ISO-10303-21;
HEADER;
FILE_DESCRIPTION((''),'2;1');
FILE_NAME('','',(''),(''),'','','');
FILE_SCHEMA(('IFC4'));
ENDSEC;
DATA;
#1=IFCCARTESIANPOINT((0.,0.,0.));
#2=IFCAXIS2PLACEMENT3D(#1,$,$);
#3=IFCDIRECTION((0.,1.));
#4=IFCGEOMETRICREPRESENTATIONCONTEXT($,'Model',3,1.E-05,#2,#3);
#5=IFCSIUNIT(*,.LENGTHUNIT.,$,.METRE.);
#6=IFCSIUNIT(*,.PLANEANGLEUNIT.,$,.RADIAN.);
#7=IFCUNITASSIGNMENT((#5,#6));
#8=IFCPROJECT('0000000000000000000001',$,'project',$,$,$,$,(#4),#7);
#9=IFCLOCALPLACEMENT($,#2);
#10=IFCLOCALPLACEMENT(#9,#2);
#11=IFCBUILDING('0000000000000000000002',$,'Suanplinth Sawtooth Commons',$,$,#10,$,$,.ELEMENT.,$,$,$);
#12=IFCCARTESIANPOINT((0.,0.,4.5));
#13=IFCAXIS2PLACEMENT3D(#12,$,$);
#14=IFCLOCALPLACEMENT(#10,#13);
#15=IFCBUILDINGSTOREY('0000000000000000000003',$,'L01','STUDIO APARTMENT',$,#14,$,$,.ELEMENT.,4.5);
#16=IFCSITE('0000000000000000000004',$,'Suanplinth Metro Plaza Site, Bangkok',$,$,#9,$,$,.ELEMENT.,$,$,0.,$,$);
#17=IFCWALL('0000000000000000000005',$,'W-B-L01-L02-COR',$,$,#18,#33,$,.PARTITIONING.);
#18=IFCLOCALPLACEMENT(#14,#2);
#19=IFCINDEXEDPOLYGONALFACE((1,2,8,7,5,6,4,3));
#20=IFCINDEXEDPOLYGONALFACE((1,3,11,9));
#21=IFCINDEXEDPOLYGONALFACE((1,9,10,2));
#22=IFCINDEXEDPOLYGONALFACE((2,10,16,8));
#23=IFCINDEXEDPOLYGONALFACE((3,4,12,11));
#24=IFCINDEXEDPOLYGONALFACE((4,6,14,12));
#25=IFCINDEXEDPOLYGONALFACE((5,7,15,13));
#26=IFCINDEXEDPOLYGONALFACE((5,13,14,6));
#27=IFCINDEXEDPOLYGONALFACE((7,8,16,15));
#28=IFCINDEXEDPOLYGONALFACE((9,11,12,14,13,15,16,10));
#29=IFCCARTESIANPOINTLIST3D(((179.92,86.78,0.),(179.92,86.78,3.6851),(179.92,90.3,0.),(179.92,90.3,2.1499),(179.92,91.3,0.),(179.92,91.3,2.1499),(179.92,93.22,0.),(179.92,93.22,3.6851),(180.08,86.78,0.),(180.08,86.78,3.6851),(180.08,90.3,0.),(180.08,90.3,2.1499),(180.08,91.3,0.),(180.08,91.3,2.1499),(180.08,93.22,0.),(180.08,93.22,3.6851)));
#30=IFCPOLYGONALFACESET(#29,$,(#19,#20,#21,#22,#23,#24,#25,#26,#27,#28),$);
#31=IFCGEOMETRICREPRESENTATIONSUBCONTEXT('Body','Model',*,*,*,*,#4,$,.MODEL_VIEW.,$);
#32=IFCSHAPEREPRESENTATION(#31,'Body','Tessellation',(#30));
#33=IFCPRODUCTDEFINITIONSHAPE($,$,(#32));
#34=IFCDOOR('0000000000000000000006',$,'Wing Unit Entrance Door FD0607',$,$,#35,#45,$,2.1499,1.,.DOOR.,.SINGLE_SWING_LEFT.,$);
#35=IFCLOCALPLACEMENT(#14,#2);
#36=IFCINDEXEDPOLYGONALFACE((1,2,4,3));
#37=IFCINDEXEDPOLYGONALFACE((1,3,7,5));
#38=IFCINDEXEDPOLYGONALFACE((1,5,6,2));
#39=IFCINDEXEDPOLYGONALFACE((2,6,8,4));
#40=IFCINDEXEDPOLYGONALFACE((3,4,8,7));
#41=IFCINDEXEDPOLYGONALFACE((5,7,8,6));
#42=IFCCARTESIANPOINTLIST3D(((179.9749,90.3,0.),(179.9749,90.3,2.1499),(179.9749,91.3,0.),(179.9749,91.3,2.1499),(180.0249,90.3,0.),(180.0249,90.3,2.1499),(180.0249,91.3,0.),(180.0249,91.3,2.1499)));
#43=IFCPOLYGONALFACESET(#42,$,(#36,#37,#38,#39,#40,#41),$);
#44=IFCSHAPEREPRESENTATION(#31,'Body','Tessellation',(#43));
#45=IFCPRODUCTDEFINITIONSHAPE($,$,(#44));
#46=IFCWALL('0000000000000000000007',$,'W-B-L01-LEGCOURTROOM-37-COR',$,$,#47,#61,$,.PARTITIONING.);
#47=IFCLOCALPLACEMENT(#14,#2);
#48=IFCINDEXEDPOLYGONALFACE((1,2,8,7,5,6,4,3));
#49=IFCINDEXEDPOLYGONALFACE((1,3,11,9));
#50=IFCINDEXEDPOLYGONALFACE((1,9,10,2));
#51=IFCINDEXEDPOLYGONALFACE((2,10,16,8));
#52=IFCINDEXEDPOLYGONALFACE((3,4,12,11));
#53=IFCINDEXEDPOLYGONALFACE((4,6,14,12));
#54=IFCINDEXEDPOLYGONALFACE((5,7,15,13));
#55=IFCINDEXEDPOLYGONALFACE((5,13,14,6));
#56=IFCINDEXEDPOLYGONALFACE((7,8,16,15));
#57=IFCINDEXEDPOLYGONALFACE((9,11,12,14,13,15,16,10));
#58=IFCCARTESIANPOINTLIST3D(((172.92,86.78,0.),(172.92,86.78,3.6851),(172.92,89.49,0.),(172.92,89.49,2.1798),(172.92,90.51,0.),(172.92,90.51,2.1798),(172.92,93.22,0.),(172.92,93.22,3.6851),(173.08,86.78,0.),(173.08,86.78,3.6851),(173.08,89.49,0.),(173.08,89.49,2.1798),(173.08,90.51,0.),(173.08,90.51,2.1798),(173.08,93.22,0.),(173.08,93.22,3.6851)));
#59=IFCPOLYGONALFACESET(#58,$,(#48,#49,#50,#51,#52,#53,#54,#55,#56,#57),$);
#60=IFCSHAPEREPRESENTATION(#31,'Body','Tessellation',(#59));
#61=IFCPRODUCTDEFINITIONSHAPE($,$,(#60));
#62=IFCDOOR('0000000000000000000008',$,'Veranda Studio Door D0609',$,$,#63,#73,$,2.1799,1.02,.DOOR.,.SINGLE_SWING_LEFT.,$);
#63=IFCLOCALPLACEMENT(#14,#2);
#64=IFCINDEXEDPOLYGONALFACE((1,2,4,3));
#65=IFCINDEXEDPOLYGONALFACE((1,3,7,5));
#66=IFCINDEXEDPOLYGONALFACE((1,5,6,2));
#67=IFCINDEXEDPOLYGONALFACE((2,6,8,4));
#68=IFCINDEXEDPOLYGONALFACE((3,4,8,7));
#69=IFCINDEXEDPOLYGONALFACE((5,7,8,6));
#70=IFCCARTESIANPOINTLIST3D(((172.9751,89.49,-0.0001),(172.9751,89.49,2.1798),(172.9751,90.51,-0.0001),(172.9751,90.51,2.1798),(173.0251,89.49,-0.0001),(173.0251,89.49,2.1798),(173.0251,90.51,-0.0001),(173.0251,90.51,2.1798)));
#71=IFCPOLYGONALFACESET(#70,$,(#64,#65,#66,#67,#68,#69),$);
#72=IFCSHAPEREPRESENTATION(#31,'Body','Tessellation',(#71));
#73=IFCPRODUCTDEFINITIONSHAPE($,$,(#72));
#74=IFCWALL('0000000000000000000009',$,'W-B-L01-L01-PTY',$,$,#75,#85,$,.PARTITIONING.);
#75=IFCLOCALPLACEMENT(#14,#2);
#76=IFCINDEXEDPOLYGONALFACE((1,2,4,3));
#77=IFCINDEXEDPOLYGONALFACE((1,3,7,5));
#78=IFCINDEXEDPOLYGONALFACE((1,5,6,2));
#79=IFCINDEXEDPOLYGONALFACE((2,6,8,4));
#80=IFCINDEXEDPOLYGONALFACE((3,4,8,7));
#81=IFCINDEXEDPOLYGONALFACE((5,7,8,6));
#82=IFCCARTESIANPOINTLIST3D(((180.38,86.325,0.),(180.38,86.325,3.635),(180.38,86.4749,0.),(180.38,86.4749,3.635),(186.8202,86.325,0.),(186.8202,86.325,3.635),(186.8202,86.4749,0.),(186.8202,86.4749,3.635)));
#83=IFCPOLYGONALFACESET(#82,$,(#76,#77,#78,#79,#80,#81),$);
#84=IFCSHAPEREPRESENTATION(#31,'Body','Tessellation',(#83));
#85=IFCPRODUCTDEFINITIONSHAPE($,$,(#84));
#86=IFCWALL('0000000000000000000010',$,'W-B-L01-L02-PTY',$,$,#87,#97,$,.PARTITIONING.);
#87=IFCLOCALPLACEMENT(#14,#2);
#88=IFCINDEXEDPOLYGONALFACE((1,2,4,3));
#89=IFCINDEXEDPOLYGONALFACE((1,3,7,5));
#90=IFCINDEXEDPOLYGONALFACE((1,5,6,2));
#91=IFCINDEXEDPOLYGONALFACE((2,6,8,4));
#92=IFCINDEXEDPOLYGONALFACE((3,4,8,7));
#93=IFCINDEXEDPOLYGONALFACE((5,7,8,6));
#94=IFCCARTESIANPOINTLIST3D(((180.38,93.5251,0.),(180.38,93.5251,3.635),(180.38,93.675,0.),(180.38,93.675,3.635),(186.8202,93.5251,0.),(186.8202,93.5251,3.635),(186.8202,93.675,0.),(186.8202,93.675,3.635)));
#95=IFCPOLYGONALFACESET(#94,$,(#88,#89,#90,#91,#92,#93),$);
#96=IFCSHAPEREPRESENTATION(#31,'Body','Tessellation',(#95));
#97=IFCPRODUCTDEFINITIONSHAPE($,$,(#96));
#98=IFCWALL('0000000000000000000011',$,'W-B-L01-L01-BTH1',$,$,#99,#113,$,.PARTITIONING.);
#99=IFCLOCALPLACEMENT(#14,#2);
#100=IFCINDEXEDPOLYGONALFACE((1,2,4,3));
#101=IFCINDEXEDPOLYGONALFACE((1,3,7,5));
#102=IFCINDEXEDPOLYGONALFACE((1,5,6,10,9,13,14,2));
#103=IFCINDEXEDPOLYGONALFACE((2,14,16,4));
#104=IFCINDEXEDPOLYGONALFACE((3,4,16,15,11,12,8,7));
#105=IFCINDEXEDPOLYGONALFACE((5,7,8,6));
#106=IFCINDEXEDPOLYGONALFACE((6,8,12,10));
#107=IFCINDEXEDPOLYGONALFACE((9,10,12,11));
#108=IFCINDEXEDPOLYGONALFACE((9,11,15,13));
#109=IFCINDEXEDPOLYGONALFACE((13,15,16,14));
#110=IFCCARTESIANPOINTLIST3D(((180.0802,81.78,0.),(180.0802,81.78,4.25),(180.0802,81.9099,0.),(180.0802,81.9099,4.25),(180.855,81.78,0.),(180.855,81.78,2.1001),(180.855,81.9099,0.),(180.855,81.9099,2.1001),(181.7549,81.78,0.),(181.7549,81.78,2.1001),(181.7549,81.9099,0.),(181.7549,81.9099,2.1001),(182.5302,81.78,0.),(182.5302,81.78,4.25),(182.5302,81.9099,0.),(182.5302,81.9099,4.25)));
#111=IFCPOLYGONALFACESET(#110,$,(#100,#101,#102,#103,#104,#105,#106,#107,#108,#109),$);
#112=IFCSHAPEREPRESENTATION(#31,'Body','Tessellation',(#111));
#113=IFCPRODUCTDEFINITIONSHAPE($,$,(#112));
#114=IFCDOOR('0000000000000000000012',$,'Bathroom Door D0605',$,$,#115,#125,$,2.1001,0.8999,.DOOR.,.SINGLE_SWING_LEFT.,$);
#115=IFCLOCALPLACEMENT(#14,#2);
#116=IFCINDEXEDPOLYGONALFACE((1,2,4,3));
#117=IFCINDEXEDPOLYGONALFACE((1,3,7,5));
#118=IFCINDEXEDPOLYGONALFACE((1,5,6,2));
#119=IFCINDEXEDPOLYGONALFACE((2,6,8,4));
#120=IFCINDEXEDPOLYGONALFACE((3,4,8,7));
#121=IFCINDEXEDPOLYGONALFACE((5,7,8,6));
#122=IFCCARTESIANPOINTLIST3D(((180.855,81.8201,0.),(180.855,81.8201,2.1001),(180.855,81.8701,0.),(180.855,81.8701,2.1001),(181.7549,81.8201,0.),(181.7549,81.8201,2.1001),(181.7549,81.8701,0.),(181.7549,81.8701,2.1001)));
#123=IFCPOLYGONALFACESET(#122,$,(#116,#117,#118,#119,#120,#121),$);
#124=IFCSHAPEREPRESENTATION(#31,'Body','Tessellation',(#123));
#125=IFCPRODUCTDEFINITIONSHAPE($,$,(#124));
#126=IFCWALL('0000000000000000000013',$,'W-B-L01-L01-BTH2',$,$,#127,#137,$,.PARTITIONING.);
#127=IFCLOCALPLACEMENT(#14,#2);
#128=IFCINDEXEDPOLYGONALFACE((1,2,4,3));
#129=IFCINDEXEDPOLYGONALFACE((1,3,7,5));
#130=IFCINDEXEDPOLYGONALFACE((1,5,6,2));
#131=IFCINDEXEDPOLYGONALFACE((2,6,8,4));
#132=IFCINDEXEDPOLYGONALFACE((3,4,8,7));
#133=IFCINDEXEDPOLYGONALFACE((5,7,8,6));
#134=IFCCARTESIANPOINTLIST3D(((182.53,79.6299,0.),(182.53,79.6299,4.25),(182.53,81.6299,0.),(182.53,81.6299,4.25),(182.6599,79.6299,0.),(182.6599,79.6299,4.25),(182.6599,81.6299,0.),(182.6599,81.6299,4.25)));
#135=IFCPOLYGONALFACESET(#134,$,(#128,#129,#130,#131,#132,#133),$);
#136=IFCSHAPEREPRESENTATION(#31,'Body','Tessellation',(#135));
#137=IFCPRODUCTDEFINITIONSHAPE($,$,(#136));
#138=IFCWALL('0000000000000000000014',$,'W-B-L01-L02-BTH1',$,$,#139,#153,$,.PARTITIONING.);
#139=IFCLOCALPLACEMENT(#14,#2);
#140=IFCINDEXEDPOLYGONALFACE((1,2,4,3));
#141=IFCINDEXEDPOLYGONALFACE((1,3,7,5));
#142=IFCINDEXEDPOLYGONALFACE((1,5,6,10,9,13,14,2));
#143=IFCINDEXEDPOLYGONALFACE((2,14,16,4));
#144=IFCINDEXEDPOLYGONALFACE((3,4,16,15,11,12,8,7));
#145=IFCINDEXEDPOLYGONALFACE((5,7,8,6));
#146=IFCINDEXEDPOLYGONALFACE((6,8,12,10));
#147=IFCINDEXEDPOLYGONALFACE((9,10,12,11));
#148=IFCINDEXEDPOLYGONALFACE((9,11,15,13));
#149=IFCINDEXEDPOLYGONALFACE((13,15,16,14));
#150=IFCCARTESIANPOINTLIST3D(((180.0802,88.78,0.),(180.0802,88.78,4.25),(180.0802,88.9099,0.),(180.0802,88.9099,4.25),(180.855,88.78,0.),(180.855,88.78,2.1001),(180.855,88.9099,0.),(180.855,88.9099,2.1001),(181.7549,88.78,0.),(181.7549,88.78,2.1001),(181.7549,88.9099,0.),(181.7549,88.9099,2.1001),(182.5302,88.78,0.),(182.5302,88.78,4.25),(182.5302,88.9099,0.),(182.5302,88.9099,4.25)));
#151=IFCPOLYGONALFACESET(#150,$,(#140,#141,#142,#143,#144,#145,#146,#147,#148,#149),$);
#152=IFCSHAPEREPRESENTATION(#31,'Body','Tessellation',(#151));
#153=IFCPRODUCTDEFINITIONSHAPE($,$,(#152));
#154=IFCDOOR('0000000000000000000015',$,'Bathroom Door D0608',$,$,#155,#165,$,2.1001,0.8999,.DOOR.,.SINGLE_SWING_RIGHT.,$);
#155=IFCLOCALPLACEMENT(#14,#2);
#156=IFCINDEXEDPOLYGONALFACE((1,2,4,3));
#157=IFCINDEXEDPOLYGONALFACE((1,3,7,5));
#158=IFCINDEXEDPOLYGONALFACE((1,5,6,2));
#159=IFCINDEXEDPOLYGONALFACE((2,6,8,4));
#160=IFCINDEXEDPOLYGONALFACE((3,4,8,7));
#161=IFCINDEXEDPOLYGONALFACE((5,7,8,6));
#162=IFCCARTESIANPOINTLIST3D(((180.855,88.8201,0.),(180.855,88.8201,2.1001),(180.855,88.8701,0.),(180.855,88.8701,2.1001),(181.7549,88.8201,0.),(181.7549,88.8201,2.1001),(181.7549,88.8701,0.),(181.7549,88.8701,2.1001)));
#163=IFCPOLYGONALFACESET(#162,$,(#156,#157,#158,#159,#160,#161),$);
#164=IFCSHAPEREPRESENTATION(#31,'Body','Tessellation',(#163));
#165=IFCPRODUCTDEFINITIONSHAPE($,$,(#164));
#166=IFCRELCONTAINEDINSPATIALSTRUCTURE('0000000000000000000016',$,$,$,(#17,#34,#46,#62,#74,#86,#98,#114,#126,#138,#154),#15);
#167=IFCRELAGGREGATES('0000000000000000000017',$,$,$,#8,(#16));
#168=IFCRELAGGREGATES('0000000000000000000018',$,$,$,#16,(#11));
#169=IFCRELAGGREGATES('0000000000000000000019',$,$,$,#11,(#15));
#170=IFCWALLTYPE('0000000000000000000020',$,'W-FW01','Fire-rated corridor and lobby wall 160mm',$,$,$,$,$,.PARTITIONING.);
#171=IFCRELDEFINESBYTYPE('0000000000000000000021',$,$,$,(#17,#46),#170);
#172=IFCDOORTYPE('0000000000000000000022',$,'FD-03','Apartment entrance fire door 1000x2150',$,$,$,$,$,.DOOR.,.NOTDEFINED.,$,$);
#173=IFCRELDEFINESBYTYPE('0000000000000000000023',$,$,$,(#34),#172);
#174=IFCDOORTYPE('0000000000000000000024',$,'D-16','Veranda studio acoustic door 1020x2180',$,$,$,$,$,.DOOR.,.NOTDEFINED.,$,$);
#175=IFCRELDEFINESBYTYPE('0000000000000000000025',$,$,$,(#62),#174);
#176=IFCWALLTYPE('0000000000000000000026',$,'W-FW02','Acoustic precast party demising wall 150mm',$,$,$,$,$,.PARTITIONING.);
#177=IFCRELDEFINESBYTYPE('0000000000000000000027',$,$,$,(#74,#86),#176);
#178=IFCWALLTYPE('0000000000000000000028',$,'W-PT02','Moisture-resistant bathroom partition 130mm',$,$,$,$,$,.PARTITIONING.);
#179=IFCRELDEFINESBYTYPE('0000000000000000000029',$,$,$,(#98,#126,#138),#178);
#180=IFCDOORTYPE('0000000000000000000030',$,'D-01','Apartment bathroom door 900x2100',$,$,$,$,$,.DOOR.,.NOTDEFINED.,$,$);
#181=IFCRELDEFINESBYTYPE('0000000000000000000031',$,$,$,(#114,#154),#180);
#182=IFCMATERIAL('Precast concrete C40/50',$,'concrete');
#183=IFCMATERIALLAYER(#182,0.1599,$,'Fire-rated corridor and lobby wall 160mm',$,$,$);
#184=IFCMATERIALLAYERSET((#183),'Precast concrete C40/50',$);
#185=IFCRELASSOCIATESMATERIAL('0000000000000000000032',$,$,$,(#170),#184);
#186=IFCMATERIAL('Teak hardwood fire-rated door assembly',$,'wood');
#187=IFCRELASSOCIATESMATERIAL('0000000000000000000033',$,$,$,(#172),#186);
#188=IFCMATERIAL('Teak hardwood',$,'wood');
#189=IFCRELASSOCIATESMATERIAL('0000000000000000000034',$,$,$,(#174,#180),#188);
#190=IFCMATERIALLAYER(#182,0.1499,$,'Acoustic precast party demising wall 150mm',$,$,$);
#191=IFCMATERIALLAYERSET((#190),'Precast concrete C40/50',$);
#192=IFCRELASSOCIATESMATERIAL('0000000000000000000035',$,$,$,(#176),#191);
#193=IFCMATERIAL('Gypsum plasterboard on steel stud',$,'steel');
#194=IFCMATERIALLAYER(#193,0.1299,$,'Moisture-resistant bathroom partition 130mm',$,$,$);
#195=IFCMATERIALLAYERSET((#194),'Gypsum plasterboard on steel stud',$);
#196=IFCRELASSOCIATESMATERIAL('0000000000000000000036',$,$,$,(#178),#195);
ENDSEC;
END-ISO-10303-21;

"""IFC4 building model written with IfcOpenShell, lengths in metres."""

from ifc_helpers import new_model, si_unit, direction, frame, frame_2d, origin, place, context, subcontext, project, spatial, rectangle, extrude, material, layer, layer_set, type_object, element, fill, save


model = new_model("IFC4")

# Units and contexts
model_context = context("Model", 3, precision=1e-05, world=origin(), true_north=direction((0.0, 1.0)))
body_context = subcontext(model_context, "Body", "Model", "MODEL_VIEW")
ifc_project = project(units=[si_unit("LENGTHUNIT", "METRE"), si_unit("PLANEANGLEUNIT", "RADIAN")], contexts=[model_context])

# Site, building, storey
site_placement = place(None, origin())
site = spatial("IfcSite", under=ifc_project, at=site_placement, Name="Suanplinth Metro Plaza Site, Bangkok", CompositionType="ELEMENT", RefElevation=0.0)
building_placement = place(site_placement, origin())
building = spatial("IfcBuilding", under=site, at=building_placement, Name="Suanplinth Sawtooth Commons", CompositionType="ELEMENT")
storey_placement = place(building_placement, frame((0.0, 0.0, 4.5)))
storey = spatial("IfcBuildingStorey", under=building, at=storey_placement, Name="L01", Description="STUDIO APARTMENT", CompositionType="ELEMENT", Elevation=4.5)

# Walls, openings, doors
ifc_material_1 = material(Name="Precast concrete C40/50", Category="concrete")
ifc_layer_1 = layer(ifc_material_1, 0.1599, Name="Fire-rated corridor and lobby wall 160mm")
ifc_layer_set_1 = layer_set([ifc_layer_1], Name="Precast concrete C40/50")
wall_type_1 = type_object("IfcWallType", Name="W-FW01", Description="Fire-rated corridor and lobby wall 160mm", PredefinedType="PARTITIONING", material=ifc_layer_set_1)
ifc_material_2 = material(Name="Teak hardwood fire-rated door assembly", Category="wood")
door_type_1 = type_object("IfcDoorType", Name="FD-03", Description="Apartment entrance fire door 1000x2150", OperationType="NOTDEFINED", PredefinedType="DOOR", material=ifc_material_2)
ifc_material_3 = material(Name="Teak hardwood", Category="wood")
door_type_2 = type_object("IfcDoorType", Name="D-16", Description="Veranda studio acoustic door 1020x2180", OperationType="NOTDEFINED", PredefinedType="DOOR", material=ifc_material_3)
wall_1_placement = place(storey_placement, frame((180.0, 86.78, 0.0), z_axis=(0.0, 0.0, 1.0), x_axis=(0.0, 1.0, 0.0)))
wall_1 = element("IfcWall", 1, at=wall_1_placement, inside=storey, type_object=wall_type_1, Name="W-B-L01-L02-COR", PredefinedType="PARTITIONING", context=body_context, shape_type="SweptSolid", body=[
    extrude(rectangle(XDim=6.4399, YDim=0.1599, at=frame_2d((3.22, 0.0))), origin(), (0.0, 0.0, 1.0), 3.6851),
])
opening_1_placement = place(wall_1_placement, frame((3.52, 0.0, 0.0)))
opening_1 = element("IfcOpeningElement", 2, at=opening_1_placement, cuts=wall_1, PredefinedType="OPENING", context=body_context, shape_type="SweptSolid", body=[
    extrude(rectangle(XDim=1.0, YDim=2.1499, at=frame_2d((0.5, 1.075))), frame((0.0, 0.0947, 0.0), z_axis=(0.0, -1.0, 0.0), x_axis=(1.0, 0.0, 0.0)), (0.0, 0.0, 1.0), 0.1897),
])
door_1_placement = place(opening_1_placement, frame((1.0, 0.0, 0.0), z_axis=(0.0, 0.0, 1.0), x_axis=(-1.0, 0.0, 0.0)))
door_1 = element("IfcDoor", 3, at=door_1_placement, inside=storey, type_object=door_type_1, Name="Wing Unit Entrance Door FD0607", OperationType="SINGLE_SWING_LEFT", OverallHeight=2.1499, OverallWidth=1.0, PredefinedType="DOOR", context=body_context, shape_type="SweptSolid", body=[
    extrude(rectangle(XDim=1.0, YDim=2.1499, at=frame_2d((0.5, 1.075))), frame((0.0, 0.0249, 0.0), z_axis=(0.0, -1.0, 0.0), x_axis=(1.0, 0.0, 0.0)), (0.0, 0.0, 1.0), 0.05),
])
fill(opening_1, door_1)
wall_2_placement = place(storey_placement, frame((173.0, 86.78, 0.0), z_axis=(0.0, 0.0, 1.0), x_axis=(0.0, 1.0, 0.0)))
wall_2 = element("IfcWall", 4, at=wall_2_placement, inside=storey, type_object=wall_type_1, Name="W-B-L01-LEGCOURTROOM-37-COR", PredefinedType="PARTITIONING", context=body_context, shape_type="SweptSolid", body=[
    extrude(rectangle(XDim=6.4399, YDim=0.1599, at=frame_2d((3.22, 0.0))), origin(), (0.0, 0.0, 1.0), 3.6851),
])
opening_2_placement = place(wall_2_placement, frame((2.71, 0.0, 0.0)))
opening_2 = element("IfcOpeningElement", 5, at=opening_2_placement, cuts=wall_2, PredefinedType="OPENING", context=body_context, shape_type="SweptSolid", body=[
    extrude(rectangle(XDim=1.02, YDim=2.1799, at=frame_2d((0.51, 1.0898))), frame((0.0, 0.0947, 0.0), z_axis=(0.0, -1.0, 0.0), x_axis=(1.0, 0.0, 0.0)), (0.0, 0.0, 1.0), 0.1897),
])
door_2_placement = place(opening_2_placement, origin())
door_2 = element("IfcDoor", 6, at=door_2_placement, inside=storey, type_object=door_type_2, Name="Veranda Studio Door D0609", OperationType="SINGLE_SWING_LEFT", OverallHeight=2.1799, OverallWidth=1.02, PredefinedType="DOOR", context=body_context, shape_type="SweptSolid", body=[
    extrude(rectangle(XDim=1.02, YDim=2.1799, at=frame_2d((0.51, 1.0898))), frame((0.0, 0.0249, 0.0), z_axis=(0.0, -1.0, 0.0), x_axis=(1.0, 0.0, 0.0)), (0.0, 0.0, 1.0), 0.05),
])
fill(opening_2, door_2)

# Walls
ifc_layer_2 = layer(ifc_material_1, 0.1499, Name="Acoustic precast party demising wall 150mm")
ifc_layer_set_2 = layer_set([ifc_layer_2], Name="Precast concrete C40/50")
wall_type_2 = type_object("IfcWallType", Name="W-FW02", Description="Acoustic precast party demising wall 150mm", PredefinedType="PARTITIONING", material=ifc_layer_set_2)
for number, where, z_axis, x_axis, name in (
    (7, (180.3799, 86.3999, 0.0), (0.0, 0.0, 1.0), (1.0, 0.0, 0.0), "W-B-L01-L01-PTY"),
    (8, (180.3799, 93.6001, 0.0), (0.0, 0.0, 1.0), (1.0, 0.0, 0.0), "W-B-L01-L02-PTY"),
):
    element("IfcWall", number, at=place(storey_placement, frame(where, z_axis=z_axis, x_axis=x_axis)), inside=storey, type_object=wall_type_2, Name=name, PredefinedType="PARTITIONING", context=body_context, shape_type="SweptSolid", body=[
        extrude(rectangle(XDim=6.4402, YDim=0.1499, at=frame_2d((3.2202, 0.0))), origin(), (0.0, 0.0, 1.0), 3.635),
    ])

# Wall, opening, door
ifc_material_4 = material(Name="Gypsum plasterboard on steel stud", Category="steel")
ifc_layer_3 = layer(ifc_material_4, 0.1299, Name="Moisture-resistant bathroom partition 130mm")
ifc_layer_set_3 = layer_set([ifc_layer_3], Name="Gypsum plasterboard on steel stud")
wall_type_3 = type_object("IfcWallType", Name="W-PT02", Description="Moisture-resistant bathroom partition 130mm", PredefinedType="PARTITIONING", material=ifc_layer_set_3)
wall_3_placement = place(storey_placement, frame((180.0801, 81.845, 0.0), z_axis=(0.0, 0.0, 1.0), x_axis=(1.0, 0.0, 0.0)))
wall_3 = element("IfcWall", 9, at=wall_3_placement, inside=storey, type_object=wall_type_3, Name="W-B-L01-L01-BTH1", PredefinedType="PARTITIONING", context=body_context, shape_type="SweptSolid", body=[
    extrude(rectangle(XDim=2.45, YDim=0.1299, at=frame_2d((1.2251, 0.0))), origin(), (0.0, 0.0, 1.0), 4.25),
])
opening_3_placement = place(wall_3_placement, frame((0.7749, 0.0, 0.0)))
opening_3 = element("IfcOpeningElement", 10, at=opening_3_placement, cuts=wall_3, PredefinedType="OPENING", context=body_context, shape_type="SweptSolid", body=[
    extrude(rectangle(XDim=0.8999, YDim=2.1001, at=frame_2d((0.45, 1.05))), frame((0.0, 0.0798, 0.0), z_axis=(0.0, -1.0, 0.0), x_axis=(1.0, 0.0, 0.0)), (0.0, 0.0, 1.0), 0.1597),
])
door_type_3 = type_object("IfcDoorType", Name="D-01", Description="Apartment bathroom door 900x2100", OperationType="NOTDEFINED", PredefinedType="DOOR", material=ifc_material_3)
door_3_placement = place(opening_3_placement, frame((0.8999, 0.0, 0.0), z_axis=(0.0, 0.0, 1.0), x_axis=(-1.0, 0.0, 0.0)))
door_3 = element("IfcDoor", 11, at=door_3_placement, inside=storey, type_object=door_type_3, Name="Bathroom Door D0605", OperationType="SINGLE_SWING_LEFT", OverallHeight=2.1001, OverallWidth=0.8999, PredefinedType="DOOR", context=body_context, shape_type="SweptSolid", body=[
    extrude(rectangle(XDim=0.8999, YDim=2.1001, at=frame_2d((0.45, 1.05))), frame((0.0, 0.0249, 0.0), z_axis=(0.0, -1.0, 0.0), x_axis=(1.0, 0.0, 0.0)), (0.0, 0.0, 1.0), 0.05),
])
fill(opening_3, door_3)

# Wall
wall_4_placement = place(storey_placement, frame((182.595, 79.6299, 0.0), z_axis=(0.0, 0.0, 1.0), x_axis=(0.0, 1.0, 0.0)))
element("IfcWall", 12, at=wall_4_placement, inside=storey, type_object=wall_type_3, Name="W-B-L01-L01-BTH2", PredefinedType="PARTITIONING", context=body_context, shape_type="SweptSolid", body=[
    extrude(rectangle(XDim=2.0, YDim=0.1299, at=frame_2d((1.0, 0.0))), origin(), (0.0, 0.0, 1.0), 4.25),
])

# Wall, opening, door
wall_5_placement = place(storey_placement, frame((180.0801, 88.845, 0.0), z_axis=(0.0, 0.0, 1.0), x_axis=(1.0, 0.0, 0.0)))
wall_5 = element("IfcWall", 13, at=wall_5_placement, inside=storey, type_object=wall_type_3, Name="W-B-L01-L02-BTH1", PredefinedType="PARTITIONING", context=body_context, shape_type="SweptSolid", body=[
    extrude(rectangle(XDim=2.45, YDim=0.1299, at=frame_2d((1.2251, 0.0))), origin(), (0.0, 0.0, 1.0), 4.25),
])
opening_4_placement = place(wall_5_placement, frame((0.7749, 0.0, 0.0)))
opening_4 = element("IfcOpeningElement", 14, at=opening_4_placement, cuts=wall_5, PredefinedType="OPENING", context=body_context, shape_type="SweptSolid", body=[
    extrude(rectangle(XDim=0.8999, YDim=2.1001, at=frame_2d((0.45, 1.05))), frame((0.0, 0.0798, 0.0), z_axis=(0.0, -1.0, 0.0), x_axis=(1.0, 0.0, 0.0)), (0.0, 0.0, 1.0), 0.1597),
])
door_4_placement = place(opening_4_placement, frame((0.8999, 0.0, 0.0), z_axis=(0.0, 0.0, 1.0), x_axis=(-1.0, 0.0, 0.0)))
door_4 = element("IfcDoor", 15, at=door_4_placement, inside=storey, type_object=door_type_3, Name="Bathroom Door D0608", OperationType="SINGLE_SWING_RIGHT", OverallHeight=2.1001, OverallWidth=0.8999, PredefinedType="DOOR", context=body_context, shape_type="SweptSolid", body=[
    extrude(rectangle(XDim=0.8999, YDim=2.1001, at=frame_2d((0.45, 1.05))), frame((0.0, 0.0249, 0.0), z_axis=(0.0, -1.0, 0.0), x_axis=(1.0, 0.0, 0.0)), (0.0, 0.0, 1.0), 0.05),
])
fill(opening_4, door_4)

save(model, "model.ifc")
